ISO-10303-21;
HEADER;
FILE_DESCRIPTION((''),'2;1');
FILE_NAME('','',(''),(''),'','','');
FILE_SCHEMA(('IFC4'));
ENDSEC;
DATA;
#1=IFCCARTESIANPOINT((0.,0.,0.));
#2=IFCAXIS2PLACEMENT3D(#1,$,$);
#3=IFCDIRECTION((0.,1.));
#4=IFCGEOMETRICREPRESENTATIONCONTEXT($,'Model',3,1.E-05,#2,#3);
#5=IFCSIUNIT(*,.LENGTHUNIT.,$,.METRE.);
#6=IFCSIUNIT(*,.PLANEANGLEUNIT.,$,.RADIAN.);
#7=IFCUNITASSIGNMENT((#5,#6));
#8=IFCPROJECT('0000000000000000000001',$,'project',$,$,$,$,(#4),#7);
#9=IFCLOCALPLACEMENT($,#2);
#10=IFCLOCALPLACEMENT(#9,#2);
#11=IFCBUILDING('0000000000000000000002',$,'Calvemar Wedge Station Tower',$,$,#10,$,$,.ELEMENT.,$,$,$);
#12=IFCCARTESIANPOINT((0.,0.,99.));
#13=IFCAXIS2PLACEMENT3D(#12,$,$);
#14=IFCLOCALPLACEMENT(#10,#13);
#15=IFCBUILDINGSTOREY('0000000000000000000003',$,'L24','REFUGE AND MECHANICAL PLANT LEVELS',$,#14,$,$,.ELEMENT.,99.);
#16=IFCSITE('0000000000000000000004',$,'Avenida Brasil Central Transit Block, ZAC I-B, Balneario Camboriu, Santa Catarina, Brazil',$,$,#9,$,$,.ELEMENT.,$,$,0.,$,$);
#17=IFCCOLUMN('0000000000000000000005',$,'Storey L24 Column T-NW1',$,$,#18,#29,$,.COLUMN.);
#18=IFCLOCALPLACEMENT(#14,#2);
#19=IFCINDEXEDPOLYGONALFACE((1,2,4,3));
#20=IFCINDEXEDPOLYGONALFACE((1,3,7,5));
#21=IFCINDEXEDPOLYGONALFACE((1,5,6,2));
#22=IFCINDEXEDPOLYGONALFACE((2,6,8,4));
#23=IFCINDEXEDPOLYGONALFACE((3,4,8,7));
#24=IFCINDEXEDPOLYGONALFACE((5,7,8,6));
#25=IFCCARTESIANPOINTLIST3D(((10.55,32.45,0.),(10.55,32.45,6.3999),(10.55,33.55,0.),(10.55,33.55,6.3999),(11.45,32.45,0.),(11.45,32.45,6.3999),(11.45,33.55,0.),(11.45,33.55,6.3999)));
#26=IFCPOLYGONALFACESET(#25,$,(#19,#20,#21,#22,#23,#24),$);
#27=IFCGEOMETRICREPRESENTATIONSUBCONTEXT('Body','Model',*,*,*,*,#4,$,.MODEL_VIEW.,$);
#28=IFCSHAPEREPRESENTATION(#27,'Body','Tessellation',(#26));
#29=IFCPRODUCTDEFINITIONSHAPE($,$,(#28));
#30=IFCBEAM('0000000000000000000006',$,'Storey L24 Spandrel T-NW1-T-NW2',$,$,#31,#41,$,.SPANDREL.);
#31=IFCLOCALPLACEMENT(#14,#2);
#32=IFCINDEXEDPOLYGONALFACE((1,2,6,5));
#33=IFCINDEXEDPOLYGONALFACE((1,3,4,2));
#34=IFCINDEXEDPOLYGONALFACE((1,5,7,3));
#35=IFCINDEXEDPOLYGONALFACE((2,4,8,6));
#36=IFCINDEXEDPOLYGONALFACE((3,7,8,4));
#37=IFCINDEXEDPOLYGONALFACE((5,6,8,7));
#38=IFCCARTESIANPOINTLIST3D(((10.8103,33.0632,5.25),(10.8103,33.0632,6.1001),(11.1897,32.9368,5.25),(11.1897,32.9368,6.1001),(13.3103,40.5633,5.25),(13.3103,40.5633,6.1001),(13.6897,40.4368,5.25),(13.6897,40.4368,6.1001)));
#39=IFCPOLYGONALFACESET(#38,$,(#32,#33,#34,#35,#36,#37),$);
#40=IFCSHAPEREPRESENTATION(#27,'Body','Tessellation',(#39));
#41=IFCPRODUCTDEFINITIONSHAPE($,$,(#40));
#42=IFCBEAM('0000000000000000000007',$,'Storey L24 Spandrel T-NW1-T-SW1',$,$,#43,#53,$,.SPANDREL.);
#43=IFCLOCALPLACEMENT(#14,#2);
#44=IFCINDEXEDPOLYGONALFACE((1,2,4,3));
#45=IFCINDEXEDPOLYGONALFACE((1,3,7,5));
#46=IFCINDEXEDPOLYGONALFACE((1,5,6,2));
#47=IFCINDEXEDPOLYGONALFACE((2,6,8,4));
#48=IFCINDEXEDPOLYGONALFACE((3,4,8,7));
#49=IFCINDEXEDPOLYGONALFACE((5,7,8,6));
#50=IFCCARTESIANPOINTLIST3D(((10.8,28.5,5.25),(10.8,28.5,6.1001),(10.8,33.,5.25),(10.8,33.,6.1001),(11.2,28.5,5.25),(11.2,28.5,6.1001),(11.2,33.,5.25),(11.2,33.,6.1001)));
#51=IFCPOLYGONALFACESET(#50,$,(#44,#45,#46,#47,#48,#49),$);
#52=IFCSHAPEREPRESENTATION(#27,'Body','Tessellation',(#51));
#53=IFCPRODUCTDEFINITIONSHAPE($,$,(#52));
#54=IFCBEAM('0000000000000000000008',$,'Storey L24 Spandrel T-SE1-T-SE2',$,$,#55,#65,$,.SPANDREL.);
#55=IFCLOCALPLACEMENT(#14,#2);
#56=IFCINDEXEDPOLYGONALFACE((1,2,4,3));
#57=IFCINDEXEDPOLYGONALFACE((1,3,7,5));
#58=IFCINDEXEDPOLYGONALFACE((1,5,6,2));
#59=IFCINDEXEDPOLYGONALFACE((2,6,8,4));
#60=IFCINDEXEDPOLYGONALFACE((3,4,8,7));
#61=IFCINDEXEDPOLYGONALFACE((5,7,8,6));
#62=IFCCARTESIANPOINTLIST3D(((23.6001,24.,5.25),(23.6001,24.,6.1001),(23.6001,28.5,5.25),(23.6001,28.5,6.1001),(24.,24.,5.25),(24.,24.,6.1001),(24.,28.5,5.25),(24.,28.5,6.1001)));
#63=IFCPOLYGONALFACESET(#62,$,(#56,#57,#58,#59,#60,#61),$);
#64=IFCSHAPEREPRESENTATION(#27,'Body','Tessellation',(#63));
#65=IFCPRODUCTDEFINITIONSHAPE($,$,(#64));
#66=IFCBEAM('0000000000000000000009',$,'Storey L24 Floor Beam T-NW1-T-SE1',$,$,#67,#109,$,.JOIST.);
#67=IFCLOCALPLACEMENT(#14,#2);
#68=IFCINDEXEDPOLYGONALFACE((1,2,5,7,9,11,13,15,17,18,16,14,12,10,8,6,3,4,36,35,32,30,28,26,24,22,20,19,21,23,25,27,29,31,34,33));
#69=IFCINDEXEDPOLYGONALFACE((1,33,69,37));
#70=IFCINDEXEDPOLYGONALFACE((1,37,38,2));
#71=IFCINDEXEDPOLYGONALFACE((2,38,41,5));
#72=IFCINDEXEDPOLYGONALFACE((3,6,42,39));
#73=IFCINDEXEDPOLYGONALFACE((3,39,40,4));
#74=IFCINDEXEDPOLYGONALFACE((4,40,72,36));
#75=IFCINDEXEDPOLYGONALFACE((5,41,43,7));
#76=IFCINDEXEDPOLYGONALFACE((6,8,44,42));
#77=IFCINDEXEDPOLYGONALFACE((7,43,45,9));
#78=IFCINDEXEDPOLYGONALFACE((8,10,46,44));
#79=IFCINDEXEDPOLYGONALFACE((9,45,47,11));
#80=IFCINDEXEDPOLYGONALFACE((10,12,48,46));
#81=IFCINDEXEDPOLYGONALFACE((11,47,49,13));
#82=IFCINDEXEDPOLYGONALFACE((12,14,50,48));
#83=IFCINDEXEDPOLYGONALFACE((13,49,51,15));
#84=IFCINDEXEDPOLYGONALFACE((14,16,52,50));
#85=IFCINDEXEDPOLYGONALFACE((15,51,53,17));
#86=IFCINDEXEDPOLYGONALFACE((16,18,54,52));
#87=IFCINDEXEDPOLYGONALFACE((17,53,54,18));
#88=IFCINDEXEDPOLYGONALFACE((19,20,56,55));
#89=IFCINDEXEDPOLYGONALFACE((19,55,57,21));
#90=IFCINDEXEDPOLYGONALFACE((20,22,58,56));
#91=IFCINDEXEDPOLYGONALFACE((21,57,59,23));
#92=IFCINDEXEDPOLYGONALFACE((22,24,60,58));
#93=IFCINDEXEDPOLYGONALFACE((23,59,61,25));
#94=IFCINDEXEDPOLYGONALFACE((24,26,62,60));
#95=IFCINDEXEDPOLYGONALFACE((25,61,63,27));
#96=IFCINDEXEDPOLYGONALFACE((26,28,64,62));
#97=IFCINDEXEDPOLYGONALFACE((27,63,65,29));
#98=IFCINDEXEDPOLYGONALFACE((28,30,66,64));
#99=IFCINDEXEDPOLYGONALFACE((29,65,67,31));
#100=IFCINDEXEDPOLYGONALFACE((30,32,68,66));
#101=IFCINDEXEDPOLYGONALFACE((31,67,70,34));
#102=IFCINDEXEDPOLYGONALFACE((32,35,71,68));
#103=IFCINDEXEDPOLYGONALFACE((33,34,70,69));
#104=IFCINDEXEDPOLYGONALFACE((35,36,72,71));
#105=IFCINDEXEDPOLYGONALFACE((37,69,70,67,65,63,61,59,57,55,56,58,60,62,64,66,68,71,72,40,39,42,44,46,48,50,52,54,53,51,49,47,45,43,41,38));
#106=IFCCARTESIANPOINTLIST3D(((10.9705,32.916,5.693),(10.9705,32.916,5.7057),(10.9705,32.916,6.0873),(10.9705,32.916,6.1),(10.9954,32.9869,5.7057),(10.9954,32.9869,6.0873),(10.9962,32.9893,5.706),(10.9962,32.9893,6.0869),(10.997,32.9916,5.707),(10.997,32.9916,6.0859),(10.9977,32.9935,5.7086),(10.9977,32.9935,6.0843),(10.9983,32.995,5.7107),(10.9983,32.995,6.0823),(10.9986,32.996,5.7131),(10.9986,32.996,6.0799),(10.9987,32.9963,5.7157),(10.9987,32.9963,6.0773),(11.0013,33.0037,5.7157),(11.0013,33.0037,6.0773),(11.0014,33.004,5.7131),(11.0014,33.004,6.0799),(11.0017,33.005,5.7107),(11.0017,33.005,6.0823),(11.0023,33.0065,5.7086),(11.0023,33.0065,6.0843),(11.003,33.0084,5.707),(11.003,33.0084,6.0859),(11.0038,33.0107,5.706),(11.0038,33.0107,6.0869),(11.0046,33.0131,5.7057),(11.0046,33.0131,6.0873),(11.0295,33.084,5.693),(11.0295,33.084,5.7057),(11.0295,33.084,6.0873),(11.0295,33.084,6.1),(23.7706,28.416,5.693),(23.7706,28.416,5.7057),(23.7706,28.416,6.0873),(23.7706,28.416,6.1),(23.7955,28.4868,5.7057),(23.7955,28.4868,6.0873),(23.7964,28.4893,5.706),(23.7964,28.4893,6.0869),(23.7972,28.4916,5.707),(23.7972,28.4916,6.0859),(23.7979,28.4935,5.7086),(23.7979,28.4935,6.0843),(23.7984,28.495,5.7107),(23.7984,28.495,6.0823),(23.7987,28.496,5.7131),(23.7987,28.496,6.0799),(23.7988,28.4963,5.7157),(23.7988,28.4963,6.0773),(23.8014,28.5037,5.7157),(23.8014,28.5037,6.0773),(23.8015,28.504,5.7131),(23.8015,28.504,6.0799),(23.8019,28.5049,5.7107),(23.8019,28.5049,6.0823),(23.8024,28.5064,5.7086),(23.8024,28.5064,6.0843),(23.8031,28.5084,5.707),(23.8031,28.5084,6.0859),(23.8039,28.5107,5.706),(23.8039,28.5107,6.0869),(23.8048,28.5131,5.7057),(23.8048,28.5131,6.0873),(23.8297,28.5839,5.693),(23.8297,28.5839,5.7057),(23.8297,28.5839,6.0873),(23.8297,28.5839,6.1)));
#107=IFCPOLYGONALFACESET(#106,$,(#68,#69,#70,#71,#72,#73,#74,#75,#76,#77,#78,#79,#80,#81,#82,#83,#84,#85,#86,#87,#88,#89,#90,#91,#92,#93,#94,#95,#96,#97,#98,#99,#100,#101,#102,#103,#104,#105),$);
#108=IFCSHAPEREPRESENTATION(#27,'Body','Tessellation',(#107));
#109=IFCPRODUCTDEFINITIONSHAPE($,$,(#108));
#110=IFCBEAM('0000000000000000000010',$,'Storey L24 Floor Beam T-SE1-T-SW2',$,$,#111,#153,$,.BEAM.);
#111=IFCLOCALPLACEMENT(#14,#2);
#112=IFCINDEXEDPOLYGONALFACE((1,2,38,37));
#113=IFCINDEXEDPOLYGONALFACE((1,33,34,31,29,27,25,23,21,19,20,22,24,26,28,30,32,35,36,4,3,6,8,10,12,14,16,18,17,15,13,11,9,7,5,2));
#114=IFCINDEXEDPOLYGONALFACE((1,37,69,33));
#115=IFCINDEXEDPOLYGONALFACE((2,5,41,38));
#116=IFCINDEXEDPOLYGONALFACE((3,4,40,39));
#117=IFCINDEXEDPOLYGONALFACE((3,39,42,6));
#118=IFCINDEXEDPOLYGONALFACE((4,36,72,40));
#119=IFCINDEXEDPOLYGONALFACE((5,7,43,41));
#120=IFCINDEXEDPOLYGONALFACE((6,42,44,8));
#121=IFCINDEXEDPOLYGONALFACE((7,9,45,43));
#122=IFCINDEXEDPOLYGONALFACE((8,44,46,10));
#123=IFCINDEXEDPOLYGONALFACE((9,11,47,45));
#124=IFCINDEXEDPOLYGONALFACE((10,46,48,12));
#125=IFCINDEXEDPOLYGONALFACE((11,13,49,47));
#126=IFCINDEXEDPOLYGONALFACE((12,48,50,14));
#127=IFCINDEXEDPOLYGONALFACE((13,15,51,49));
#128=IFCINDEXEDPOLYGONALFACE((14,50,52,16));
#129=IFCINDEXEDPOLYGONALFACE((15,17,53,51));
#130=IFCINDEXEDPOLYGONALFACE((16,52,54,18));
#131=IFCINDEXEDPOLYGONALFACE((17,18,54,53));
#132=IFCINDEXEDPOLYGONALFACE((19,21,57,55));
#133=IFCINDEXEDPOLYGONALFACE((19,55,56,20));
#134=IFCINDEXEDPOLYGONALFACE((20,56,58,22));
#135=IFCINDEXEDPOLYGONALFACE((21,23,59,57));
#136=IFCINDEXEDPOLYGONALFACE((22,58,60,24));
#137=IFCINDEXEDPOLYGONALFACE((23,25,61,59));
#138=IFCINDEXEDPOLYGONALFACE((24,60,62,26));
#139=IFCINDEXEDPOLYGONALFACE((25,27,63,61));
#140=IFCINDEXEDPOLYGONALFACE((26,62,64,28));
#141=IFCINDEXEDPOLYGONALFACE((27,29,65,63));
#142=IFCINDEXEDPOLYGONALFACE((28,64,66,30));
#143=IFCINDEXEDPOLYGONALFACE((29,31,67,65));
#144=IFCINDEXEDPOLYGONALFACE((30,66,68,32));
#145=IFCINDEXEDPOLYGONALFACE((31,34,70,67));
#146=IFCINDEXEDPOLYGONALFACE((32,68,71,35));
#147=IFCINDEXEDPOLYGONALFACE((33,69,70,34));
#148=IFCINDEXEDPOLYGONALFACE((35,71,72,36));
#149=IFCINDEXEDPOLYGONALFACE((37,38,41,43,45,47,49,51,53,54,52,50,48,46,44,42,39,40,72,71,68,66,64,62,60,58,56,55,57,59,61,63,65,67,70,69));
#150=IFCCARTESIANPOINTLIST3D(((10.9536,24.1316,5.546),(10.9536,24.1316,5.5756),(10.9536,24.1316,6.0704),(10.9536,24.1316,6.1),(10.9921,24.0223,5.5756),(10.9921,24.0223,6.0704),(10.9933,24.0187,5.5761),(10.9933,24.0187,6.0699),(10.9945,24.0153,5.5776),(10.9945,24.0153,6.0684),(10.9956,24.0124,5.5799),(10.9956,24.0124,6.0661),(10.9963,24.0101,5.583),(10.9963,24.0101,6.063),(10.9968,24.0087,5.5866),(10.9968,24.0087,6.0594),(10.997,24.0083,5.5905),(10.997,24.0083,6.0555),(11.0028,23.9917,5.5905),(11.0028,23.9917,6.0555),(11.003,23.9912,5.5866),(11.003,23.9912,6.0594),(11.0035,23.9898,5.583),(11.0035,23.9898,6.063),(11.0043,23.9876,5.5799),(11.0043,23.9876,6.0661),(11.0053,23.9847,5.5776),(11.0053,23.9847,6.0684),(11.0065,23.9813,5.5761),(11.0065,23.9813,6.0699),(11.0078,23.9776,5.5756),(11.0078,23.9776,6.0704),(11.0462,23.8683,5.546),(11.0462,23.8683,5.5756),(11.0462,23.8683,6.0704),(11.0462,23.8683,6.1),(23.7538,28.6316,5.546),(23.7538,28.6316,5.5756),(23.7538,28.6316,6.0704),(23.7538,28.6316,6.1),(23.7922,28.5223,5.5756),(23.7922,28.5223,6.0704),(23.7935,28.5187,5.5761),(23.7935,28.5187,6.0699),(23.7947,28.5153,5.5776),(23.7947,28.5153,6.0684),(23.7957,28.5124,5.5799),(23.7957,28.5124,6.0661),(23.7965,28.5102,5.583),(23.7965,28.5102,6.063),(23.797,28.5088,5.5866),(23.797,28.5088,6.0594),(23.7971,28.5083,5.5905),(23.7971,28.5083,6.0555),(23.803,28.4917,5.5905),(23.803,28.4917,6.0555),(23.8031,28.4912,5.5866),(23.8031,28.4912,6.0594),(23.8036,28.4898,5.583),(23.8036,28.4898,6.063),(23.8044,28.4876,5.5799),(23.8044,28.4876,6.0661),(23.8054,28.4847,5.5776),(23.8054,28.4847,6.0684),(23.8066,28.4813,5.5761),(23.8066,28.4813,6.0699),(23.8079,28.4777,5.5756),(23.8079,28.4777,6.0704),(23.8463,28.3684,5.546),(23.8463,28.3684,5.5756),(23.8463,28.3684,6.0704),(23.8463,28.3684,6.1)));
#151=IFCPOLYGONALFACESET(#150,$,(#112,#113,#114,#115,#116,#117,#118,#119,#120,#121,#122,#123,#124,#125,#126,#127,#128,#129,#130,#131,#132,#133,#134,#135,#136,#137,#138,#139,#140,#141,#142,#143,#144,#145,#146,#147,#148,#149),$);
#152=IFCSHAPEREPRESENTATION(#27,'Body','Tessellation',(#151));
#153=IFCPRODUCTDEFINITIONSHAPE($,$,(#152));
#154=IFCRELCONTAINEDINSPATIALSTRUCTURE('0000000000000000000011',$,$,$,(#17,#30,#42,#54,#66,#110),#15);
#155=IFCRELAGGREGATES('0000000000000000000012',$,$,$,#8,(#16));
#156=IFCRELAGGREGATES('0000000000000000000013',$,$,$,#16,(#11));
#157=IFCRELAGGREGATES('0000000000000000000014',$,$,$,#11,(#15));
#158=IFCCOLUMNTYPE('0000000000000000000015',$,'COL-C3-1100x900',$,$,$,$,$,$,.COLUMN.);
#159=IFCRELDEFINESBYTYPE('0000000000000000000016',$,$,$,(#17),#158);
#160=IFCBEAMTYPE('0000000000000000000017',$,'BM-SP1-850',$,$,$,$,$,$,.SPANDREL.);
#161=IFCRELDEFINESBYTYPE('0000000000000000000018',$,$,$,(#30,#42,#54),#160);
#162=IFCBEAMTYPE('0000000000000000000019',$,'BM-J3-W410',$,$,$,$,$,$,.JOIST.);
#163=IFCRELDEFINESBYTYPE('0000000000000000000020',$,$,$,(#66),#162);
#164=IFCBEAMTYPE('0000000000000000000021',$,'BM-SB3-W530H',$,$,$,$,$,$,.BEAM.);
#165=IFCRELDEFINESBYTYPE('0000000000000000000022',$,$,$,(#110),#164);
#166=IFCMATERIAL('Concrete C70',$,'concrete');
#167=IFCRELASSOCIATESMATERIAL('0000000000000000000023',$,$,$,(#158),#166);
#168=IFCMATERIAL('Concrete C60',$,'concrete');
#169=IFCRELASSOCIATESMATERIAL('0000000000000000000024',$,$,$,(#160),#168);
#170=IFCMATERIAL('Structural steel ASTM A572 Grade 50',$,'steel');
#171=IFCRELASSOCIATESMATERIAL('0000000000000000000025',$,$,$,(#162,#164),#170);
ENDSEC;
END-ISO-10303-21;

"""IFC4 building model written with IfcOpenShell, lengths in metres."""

from ifc_helpers import new_model, si_unit, direction, frame, origin, origin_2d, place, context, subcontext, project, spatial, rectangle, i_section, extrude, source, transform, mapped, material, material_profile, profile_set, type_object, element, save


model = new_model("IFC4")

# Units and contexts
model_context = context("Model", 3, precision=1e-05, world=origin(), true_north=direction((0.0, 1.0)))
body_context = subcontext(model_context, "Body", "Model", "MODEL_VIEW")
ifc_project = project(units=[si_unit("LENGTHUNIT", "METRE"), si_unit("PLANEANGLEUNIT", "RADIAN")], contexts=[model_context])

# Site, building, storey
site_placement = place(None, origin())
site = spatial("IfcSite", under=ifc_project, at=site_placement, Name="Avenida Brasil Central Transit Block, ZAC I-B, Balneario Camboriu, Santa Catarina, Brazil", CompositionType="ELEMENT", RefElevation=0.0)
building_placement = place(site_placement, origin())
building = spatial("IfcBuilding", under=site, at=building_placement, Name="Calvemar Wedge Station Tower", CompositionType="ELEMENT")
storey_placement = place(building_placement, frame((0.0, 0.0, 99.0)))
storey = spatial("IfcBuildingStorey", under=building, at=storey_placement, Name="L24", Description="REFUGE AND MECHANICAL PLANT LEVELS", CompositionType="ELEMENT", Elevation=99.0)

# Column
ifc_material_1 = material(Name="Concrete C70", Category="concrete")
ifc_material_profile_1 = material_profile(ifc_material_1, rectangle(XDim=0.8999, YDim=1.1001, at=origin_2d()), Name="RC1100x900")
ifc_profile_set_1 = profile_set([ifc_material_profile_1], Name="Concrete C70")
column_type = type_object("IfcColumnType", Name="COL-C3-1100x900", PredefinedType="COLUMN", material=ifc_profile_set_1)
shared_shape_1 = source(origin(), body_context, "Body", "SweptSolid", [
    extrude(rectangle(XDim=0.8999, YDim=1.1001, at=origin_2d()), origin(), (0.0, 0.0, 1.0), 6.3999),
])
column_placement = place(storey_placement, frame((11.0, 33.0, 0.0), z_axis=(0.0, 0.0, 1.0), x_axis=(1.0, 0.0, 0.0)))
element("IfcColumn", 1, at=column_placement, inside=storey, type_object=column_type, Name="Storey L24 Column T-NW1", PredefinedType="COLUMN", context=body_context, shape_type="MappedRepresentation", body=[
    mapped(shared_shape_1, transform((0.0, 0.0, 0.0), scale=1.0)),
])

# Beams
ifc_material_2 = material(Name="Concrete C60", Category="concrete")
ifc_material_profile_2 = material_profile(ifc_material_2, rectangle(XDim=0.3999, YDim=0.8501, at=origin_2d()), Name="RC400x850")
ifc_profile_set_2 = profile_set([ifc_material_profile_2], Name="Concrete C60")
beam_type_1 = type_object("IfcBeamType", Name="BM-SP1-850", PredefinedType="SPANDREL", material=ifc_profile_set_2)
shared_shape_2 = source(origin(), body_context, "Body", "SweptSolid", [
    extrude(rectangle(XDim=0.3999, YDim=0.8501, at=origin_2d()), origin(), (0.0, 0.0, 1.0), 7.9058),
])
beam_1_placement = place(storey_placement, frame((11.0, 33.0, 5.675), z_axis=(0.316228, 0.948683, 0.0), x_axis=(-0.948683, 0.316228, 0.0)))
element("IfcBeam", 2, at=beam_1_placement, inside=storey, type_object=beam_type_1, Name="Storey L24 Spandrel T-NW1-T-NW2", PredefinedType="SPANDREL", context=body_context, shape_type="MappedRepresentation", body=[
    mapped(shared_shape_2, transform((0.0, 0.0, 0.0), scale=1.0)),
])
shared_shape_3 = source(origin(), body_context, "Body", "SweptSolid", [
    extrude(rectangle(XDim=0.3999, YDim=0.8501, at=origin_2d()), origin(), (0.0, 0.0, 1.0), 4.5),
])
for number, where, z_axis, x_axis, name in (
    (3, (11.0, 33.0, 5.675), (0.0, -1.0, 0.0), (1.0, 0.0, 0.0), "Storey L24 Spandrel T-NW1-T-SW1"),
    (4, (23.8, 28.5, 5.675), (0.0, -1.0, 0.0), (1.0, 0.0, 0.0), "Storey L24 Spandrel T-SE1-T-SE2"),
):
    element("IfcBeam", number, at=place(storey_placement, frame(where, z_axis=z_axis, x_axis=x_axis)), inside=storey, type_object=beam_type_1, Name=name, PredefinedType="SPANDREL", context=body_context, shape_type="MappedRepresentation", body=[
        mapped(shared_shape_3, transform((0.0, 0.0, 0.0), scale=1.0)),
    ])
ifc_material_3 = material(Name="Structural steel ASTM A572 Grade 50", Category="steel")
ifc_material_profile_3 = material_profile(ifc_material_3, i_section(OverallWidth=0.178, OverallDepth=0.407, WebThickness=0.0078, FlangeThickness=0.0127, FilletRadius=0.01, at=origin_2d()), Name="W410x60")
ifc_profile_set_3 = profile_set([ifc_material_profile_3], Name="Structural steel ASTM A572 Grade 50")
beam_type_2 = type_object("IfcBeamType", Name="BM-J3-W410", PredefinedType="JOIST", material=ifc_profile_set_3)
shared_shape_4 = source(origin(), body_context, "Body", "SweptSolid", [
    extrude(i_section(OverallWidth=0.178, OverallDepth=0.407, WebThickness=0.0078, FlangeThickness=0.0127, FilletRadius=0.01, at=origin_2d()), origin(), (0.0, 0.0, 1.0), 13.5681),
])
beam_2_placement = place(storey_placement, frame((11.0, 33.0, 5.8965), z_axis=(0.943398, -0.331662, 0.0), x_axis=(0.331662, 0.943398, 0.0)))
element("IfcBeam", 5, at=beam_2_placement, inside=storey, type_object=beam_type_2, Name="Storey L24 Floor Beam T-NW1-T-SE1", PredefinedType="JOIST", context=body_context, shape_type="MappedRepresentation", body=[
    mapped(shared_shape_4, transform((0.0, 0.0, 0.0), scale=1.0)),
])
ifc_material_profile_4 = material_profile(ifc_material_3, i_section(OverallWidth=0.2791, OverallDepth=0.554, WebThickness=0.0176, FlangeThickness=0.0295, FilletRadius=0.0149, at=origin_2d()), Name="W530x196")
ifc_profile_set_4 = profile_set([ifc_material_profile_4], Name="Structural steel ASTM A572 Grade 50")
beam_type_3 = type_object("IfcBeamType", Name="BM-SB3-W530H", PredefinedType="BEAM", material=ifc_profile_set_4)
shared_shape_5 = source(origin(), body_context, "Body", "SweptSolid", [
    extrude(i_section(OverallWidth=0.2791, OverallDepth=0.554, WebThickness=0.0176, FlangeThickness=0.0295, FilletRadius=0.0149, at=origin_2d()), origin(), (0.0, 0.0, 1.0), 13.5681),
])
beam_3_placement = place(storey_placement, frame((23.8, 28.5, 5.823), z_axis=(-0.943398, -0.331662, 0.0), x_axis=(0.331662, -0.943398, 0.0)))
element("IfcBeam", 6, at=beam_3_placement, inside=storey, type_object=beam_type_3, Name="Storey L24 Floor Beam T-SE1-T-SW2", PredefinedType="BEAM", context=body_context, shape_type="MappedRepresentation", body=[
    mapped(shared_shape_5, transform((0.0, 0.0, 0.0), scale=1.0)),
])

save(model, "model.ifc")
